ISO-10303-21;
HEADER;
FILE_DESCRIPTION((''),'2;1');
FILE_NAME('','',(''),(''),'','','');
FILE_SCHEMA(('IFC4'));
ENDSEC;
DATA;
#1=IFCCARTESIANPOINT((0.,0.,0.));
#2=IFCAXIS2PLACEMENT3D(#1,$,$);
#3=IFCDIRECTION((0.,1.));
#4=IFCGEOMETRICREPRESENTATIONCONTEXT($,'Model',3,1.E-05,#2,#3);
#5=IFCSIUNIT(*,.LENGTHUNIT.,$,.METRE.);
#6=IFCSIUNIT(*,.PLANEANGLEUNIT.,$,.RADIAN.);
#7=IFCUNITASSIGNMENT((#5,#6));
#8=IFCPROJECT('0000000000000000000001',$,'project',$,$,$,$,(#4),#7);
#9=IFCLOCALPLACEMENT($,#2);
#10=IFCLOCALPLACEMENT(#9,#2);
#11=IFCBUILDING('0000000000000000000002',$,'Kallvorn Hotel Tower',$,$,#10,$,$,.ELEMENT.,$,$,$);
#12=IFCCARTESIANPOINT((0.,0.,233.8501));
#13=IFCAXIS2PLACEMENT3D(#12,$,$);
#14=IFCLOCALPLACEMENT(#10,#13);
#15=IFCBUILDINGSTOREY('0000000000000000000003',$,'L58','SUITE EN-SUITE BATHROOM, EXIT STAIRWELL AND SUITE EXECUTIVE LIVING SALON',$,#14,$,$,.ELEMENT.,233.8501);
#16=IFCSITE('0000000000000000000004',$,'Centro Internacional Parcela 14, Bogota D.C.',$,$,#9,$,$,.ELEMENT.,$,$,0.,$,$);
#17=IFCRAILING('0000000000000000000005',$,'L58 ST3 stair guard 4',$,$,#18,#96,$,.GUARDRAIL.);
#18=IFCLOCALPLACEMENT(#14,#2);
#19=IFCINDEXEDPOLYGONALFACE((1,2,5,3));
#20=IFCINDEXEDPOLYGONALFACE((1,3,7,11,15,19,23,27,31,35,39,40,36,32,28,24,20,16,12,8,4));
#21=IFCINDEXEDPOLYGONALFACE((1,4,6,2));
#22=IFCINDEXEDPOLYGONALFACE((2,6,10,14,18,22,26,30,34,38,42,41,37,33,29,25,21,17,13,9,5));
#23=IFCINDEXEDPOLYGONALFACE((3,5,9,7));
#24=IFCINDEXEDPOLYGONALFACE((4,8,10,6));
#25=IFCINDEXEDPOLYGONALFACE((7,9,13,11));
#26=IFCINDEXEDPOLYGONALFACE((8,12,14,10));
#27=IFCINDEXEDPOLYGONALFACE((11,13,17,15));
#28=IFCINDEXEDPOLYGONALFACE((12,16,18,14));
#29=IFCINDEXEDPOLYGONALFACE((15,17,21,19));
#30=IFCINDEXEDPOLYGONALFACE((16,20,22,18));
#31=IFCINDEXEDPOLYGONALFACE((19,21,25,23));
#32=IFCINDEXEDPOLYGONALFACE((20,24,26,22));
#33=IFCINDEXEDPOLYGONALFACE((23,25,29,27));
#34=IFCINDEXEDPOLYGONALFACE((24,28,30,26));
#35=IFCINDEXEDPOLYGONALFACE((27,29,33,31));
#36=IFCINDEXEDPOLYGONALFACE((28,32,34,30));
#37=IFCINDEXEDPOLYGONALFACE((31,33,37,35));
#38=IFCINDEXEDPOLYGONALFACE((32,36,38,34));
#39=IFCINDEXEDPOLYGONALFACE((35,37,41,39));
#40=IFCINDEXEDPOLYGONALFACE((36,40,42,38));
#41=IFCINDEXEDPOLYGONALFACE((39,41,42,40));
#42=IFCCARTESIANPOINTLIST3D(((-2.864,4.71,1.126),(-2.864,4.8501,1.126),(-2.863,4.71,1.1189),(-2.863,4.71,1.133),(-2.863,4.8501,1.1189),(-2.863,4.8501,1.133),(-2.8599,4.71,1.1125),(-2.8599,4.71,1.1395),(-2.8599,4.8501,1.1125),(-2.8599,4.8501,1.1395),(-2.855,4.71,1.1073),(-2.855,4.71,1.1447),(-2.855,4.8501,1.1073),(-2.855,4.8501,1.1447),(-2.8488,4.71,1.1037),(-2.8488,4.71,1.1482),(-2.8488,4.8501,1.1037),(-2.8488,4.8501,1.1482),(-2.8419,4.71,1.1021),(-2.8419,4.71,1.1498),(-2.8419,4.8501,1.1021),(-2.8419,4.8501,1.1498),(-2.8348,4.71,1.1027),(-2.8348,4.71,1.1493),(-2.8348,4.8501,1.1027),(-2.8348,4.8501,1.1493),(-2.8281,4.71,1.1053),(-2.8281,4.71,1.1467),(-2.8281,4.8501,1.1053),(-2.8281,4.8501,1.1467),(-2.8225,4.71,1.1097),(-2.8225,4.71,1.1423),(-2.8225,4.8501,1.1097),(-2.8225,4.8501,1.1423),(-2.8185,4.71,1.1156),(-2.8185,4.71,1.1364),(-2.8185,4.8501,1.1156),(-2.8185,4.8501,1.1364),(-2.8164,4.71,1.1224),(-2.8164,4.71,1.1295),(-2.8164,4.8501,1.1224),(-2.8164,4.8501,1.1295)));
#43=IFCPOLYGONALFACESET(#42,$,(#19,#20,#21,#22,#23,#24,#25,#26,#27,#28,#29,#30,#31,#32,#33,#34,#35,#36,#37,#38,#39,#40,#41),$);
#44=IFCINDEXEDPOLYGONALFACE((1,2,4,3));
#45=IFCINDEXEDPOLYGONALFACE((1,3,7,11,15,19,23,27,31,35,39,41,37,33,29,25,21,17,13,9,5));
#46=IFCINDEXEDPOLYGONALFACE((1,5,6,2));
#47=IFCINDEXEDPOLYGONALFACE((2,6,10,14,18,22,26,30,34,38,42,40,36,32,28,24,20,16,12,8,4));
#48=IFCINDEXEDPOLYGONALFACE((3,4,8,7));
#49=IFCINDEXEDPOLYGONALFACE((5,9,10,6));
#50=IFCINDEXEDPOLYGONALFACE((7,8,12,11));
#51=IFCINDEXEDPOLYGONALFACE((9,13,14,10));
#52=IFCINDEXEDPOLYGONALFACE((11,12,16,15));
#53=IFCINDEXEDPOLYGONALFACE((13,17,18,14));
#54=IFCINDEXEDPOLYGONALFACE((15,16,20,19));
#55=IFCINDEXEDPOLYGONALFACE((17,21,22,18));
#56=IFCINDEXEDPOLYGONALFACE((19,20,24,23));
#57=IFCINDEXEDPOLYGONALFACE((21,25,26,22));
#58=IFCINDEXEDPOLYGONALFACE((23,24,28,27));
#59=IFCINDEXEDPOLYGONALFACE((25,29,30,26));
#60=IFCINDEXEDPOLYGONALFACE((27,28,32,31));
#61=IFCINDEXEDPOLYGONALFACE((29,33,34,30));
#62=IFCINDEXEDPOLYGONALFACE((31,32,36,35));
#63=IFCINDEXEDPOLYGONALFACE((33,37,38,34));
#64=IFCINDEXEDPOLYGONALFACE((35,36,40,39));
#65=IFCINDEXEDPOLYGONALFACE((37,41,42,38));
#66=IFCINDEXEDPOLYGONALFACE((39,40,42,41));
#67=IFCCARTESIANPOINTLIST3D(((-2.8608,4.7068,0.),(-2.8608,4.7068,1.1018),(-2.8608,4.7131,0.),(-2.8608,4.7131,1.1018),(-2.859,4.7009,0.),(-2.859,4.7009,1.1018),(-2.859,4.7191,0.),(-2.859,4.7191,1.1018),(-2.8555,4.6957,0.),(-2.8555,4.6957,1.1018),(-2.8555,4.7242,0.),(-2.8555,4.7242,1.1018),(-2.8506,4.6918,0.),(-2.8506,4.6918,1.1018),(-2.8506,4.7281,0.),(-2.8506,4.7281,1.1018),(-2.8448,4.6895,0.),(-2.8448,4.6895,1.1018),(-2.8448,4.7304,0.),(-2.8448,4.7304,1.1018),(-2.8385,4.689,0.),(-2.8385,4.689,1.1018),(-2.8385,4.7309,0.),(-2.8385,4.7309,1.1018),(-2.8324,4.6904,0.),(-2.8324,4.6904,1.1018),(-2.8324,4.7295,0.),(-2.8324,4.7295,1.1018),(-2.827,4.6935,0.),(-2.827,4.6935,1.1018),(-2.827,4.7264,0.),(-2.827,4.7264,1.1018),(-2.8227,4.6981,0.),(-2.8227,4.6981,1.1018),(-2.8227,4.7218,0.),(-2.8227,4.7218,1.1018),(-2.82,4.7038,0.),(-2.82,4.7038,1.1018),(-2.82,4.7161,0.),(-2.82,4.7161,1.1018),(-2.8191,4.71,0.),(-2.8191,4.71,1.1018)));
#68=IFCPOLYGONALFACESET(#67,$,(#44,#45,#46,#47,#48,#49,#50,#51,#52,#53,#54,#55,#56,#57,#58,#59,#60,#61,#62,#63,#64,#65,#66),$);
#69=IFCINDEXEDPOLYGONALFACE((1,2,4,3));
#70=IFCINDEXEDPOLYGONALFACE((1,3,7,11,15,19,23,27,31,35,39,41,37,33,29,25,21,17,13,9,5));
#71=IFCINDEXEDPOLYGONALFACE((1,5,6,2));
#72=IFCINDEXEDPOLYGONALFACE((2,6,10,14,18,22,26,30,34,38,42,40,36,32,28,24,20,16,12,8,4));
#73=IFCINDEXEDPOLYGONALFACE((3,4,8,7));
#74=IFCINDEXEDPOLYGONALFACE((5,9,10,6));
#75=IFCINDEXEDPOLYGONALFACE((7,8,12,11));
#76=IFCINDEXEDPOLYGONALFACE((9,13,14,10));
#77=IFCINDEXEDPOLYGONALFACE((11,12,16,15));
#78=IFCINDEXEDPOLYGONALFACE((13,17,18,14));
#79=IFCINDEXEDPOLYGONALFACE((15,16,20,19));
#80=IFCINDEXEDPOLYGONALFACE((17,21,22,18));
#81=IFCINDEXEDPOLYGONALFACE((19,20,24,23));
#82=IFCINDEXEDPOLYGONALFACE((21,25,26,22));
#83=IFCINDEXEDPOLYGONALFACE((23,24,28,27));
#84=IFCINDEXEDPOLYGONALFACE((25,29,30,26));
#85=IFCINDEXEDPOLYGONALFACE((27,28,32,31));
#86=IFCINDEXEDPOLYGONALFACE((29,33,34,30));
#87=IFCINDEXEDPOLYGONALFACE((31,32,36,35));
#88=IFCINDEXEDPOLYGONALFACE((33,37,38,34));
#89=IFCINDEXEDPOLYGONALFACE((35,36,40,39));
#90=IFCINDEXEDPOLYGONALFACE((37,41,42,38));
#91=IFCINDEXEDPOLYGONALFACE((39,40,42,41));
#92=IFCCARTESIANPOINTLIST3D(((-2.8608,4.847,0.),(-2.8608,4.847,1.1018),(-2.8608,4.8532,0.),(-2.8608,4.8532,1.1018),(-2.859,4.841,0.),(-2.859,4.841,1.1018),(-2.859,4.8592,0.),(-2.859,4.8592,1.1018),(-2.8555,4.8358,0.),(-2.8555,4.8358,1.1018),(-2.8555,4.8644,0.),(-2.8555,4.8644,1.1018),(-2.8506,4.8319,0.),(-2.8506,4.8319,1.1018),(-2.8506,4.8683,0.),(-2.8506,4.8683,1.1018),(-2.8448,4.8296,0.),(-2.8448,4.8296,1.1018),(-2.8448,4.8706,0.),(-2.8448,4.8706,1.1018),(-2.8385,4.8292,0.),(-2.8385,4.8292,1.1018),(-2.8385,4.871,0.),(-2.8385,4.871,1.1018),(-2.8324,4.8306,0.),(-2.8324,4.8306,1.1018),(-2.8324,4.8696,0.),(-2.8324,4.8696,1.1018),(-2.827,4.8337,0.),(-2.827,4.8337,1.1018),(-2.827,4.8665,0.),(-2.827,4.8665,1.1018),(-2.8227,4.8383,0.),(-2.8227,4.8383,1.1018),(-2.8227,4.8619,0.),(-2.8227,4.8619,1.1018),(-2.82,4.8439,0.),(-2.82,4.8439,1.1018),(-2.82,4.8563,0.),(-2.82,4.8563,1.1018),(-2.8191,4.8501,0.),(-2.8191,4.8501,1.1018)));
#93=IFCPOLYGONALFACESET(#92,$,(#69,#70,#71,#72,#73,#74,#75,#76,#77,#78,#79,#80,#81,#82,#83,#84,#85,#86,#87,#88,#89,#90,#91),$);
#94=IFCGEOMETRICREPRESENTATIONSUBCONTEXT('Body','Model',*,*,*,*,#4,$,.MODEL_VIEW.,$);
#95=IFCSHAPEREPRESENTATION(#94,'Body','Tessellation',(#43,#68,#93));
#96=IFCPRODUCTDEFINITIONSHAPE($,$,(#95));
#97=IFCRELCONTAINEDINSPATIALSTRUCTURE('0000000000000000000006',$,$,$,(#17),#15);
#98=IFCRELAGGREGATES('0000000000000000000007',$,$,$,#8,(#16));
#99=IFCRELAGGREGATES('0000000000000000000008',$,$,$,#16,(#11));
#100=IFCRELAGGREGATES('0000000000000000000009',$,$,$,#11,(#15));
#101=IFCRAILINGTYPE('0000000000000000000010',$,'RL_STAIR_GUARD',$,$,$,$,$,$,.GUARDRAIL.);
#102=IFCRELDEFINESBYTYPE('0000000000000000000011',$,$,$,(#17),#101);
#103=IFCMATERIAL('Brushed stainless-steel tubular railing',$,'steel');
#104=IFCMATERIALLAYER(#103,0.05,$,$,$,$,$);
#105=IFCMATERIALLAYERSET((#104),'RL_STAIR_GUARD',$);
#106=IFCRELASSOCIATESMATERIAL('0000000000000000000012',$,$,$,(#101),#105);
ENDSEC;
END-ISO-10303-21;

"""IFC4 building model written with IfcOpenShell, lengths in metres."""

from ifc_helpers import new_model, si_unit, direction, frame, origin, origin_2d, place, context, subcontext, project, spatial, circle, extrude, material, layer, layer_set, type_object, element, save


model = new_model("IFC4")

# Units and contexts
model_context = context("Model", 3, precision=1e-05, world=origin(), true_north=direction((0.0, 1.0)))
body_context = subcontext(model_context, "Body", "Model", "MODEL_VIEW")
ifc_project = project(units=[si_unit("LENGTHUNIT", "METRE"), si_unit("PLANEANGLEUNIT", "RADIAN")], contexts=[model_context])

# Site, building, storey
site_placement = place(None, origin())
site = spatial("IfcSite", under=ifc_project, at=site_placement, Name="Centro Internacional Parcela 14, Bogota D.C.", CompositionType="ELEMENT", RefElevation=0.0)
building_placement = place(site_placement, origin())
building = spatial("IfcBuilding", under=site, at=building_placement, Name="Kallvorn Hotel Tower", CompositionType="ELEMENT")
storey_placement = place(building_placement, frame((0.0, 0.0, 233.8501)))
storey = spatial("IfcBuildingStorey", under=building, at=storey_placement, Name="L58", Description="SUITE EN-SUITE BATHROOM, EXIT STAIRWELL AND SUITE EXECUTIVE LIVING SALON", CompositionType="ELEMENT", Elevation=233.8501)

# Railing
ifc_material_1 = material(Name="Brushed stainless-steel tubular railing", Category="steel")
ifc_layer_1 = layer(ifc_material_1, 0.05)
ifc_layer_set_1 = layer_set([ifc_layer_1], Name="RL_STAIR_GUARD")
railing_type_1 = type_object("IfcRailingType", Name="RL_STAIR_GUARD", PredefinedType="GUARDRAIL", material=ifc_layer_set_1)
railing_1_placement = place(storey_placement, frame((-2.8401, 4.71, 0.0)))
element("IfcRailing", 1, at=railing_1_placement, inside=storey, type_object=railing_type_1, Name="L58 ST3 stair guard 4", PredefinedType="GUARDRAIL", context=body_context, shape_type="SweptSolid", body=[
    extrude(circle(Radius=0.0239, at=origin_2d()), frame((0.0, 0.0, 1.126), z_axis=(0.0, 1.0, 0.0), x_axis=(-1.0, 0.0, 0.0)), (0.0, 0.0, 1.0), 0.1401),
    extrude(circle(Radius=0.021, at=origin_2d()), origin(), (0.0, 0.0, 1.0), 1.1018),
    extrude(circle(Radius=0.021, at=origin_2d()), frame((0.0, 0.1401, 0.0)), (0.0, 0.0, 1.0), 1.1018),
])

save(model, "model.ifc")
